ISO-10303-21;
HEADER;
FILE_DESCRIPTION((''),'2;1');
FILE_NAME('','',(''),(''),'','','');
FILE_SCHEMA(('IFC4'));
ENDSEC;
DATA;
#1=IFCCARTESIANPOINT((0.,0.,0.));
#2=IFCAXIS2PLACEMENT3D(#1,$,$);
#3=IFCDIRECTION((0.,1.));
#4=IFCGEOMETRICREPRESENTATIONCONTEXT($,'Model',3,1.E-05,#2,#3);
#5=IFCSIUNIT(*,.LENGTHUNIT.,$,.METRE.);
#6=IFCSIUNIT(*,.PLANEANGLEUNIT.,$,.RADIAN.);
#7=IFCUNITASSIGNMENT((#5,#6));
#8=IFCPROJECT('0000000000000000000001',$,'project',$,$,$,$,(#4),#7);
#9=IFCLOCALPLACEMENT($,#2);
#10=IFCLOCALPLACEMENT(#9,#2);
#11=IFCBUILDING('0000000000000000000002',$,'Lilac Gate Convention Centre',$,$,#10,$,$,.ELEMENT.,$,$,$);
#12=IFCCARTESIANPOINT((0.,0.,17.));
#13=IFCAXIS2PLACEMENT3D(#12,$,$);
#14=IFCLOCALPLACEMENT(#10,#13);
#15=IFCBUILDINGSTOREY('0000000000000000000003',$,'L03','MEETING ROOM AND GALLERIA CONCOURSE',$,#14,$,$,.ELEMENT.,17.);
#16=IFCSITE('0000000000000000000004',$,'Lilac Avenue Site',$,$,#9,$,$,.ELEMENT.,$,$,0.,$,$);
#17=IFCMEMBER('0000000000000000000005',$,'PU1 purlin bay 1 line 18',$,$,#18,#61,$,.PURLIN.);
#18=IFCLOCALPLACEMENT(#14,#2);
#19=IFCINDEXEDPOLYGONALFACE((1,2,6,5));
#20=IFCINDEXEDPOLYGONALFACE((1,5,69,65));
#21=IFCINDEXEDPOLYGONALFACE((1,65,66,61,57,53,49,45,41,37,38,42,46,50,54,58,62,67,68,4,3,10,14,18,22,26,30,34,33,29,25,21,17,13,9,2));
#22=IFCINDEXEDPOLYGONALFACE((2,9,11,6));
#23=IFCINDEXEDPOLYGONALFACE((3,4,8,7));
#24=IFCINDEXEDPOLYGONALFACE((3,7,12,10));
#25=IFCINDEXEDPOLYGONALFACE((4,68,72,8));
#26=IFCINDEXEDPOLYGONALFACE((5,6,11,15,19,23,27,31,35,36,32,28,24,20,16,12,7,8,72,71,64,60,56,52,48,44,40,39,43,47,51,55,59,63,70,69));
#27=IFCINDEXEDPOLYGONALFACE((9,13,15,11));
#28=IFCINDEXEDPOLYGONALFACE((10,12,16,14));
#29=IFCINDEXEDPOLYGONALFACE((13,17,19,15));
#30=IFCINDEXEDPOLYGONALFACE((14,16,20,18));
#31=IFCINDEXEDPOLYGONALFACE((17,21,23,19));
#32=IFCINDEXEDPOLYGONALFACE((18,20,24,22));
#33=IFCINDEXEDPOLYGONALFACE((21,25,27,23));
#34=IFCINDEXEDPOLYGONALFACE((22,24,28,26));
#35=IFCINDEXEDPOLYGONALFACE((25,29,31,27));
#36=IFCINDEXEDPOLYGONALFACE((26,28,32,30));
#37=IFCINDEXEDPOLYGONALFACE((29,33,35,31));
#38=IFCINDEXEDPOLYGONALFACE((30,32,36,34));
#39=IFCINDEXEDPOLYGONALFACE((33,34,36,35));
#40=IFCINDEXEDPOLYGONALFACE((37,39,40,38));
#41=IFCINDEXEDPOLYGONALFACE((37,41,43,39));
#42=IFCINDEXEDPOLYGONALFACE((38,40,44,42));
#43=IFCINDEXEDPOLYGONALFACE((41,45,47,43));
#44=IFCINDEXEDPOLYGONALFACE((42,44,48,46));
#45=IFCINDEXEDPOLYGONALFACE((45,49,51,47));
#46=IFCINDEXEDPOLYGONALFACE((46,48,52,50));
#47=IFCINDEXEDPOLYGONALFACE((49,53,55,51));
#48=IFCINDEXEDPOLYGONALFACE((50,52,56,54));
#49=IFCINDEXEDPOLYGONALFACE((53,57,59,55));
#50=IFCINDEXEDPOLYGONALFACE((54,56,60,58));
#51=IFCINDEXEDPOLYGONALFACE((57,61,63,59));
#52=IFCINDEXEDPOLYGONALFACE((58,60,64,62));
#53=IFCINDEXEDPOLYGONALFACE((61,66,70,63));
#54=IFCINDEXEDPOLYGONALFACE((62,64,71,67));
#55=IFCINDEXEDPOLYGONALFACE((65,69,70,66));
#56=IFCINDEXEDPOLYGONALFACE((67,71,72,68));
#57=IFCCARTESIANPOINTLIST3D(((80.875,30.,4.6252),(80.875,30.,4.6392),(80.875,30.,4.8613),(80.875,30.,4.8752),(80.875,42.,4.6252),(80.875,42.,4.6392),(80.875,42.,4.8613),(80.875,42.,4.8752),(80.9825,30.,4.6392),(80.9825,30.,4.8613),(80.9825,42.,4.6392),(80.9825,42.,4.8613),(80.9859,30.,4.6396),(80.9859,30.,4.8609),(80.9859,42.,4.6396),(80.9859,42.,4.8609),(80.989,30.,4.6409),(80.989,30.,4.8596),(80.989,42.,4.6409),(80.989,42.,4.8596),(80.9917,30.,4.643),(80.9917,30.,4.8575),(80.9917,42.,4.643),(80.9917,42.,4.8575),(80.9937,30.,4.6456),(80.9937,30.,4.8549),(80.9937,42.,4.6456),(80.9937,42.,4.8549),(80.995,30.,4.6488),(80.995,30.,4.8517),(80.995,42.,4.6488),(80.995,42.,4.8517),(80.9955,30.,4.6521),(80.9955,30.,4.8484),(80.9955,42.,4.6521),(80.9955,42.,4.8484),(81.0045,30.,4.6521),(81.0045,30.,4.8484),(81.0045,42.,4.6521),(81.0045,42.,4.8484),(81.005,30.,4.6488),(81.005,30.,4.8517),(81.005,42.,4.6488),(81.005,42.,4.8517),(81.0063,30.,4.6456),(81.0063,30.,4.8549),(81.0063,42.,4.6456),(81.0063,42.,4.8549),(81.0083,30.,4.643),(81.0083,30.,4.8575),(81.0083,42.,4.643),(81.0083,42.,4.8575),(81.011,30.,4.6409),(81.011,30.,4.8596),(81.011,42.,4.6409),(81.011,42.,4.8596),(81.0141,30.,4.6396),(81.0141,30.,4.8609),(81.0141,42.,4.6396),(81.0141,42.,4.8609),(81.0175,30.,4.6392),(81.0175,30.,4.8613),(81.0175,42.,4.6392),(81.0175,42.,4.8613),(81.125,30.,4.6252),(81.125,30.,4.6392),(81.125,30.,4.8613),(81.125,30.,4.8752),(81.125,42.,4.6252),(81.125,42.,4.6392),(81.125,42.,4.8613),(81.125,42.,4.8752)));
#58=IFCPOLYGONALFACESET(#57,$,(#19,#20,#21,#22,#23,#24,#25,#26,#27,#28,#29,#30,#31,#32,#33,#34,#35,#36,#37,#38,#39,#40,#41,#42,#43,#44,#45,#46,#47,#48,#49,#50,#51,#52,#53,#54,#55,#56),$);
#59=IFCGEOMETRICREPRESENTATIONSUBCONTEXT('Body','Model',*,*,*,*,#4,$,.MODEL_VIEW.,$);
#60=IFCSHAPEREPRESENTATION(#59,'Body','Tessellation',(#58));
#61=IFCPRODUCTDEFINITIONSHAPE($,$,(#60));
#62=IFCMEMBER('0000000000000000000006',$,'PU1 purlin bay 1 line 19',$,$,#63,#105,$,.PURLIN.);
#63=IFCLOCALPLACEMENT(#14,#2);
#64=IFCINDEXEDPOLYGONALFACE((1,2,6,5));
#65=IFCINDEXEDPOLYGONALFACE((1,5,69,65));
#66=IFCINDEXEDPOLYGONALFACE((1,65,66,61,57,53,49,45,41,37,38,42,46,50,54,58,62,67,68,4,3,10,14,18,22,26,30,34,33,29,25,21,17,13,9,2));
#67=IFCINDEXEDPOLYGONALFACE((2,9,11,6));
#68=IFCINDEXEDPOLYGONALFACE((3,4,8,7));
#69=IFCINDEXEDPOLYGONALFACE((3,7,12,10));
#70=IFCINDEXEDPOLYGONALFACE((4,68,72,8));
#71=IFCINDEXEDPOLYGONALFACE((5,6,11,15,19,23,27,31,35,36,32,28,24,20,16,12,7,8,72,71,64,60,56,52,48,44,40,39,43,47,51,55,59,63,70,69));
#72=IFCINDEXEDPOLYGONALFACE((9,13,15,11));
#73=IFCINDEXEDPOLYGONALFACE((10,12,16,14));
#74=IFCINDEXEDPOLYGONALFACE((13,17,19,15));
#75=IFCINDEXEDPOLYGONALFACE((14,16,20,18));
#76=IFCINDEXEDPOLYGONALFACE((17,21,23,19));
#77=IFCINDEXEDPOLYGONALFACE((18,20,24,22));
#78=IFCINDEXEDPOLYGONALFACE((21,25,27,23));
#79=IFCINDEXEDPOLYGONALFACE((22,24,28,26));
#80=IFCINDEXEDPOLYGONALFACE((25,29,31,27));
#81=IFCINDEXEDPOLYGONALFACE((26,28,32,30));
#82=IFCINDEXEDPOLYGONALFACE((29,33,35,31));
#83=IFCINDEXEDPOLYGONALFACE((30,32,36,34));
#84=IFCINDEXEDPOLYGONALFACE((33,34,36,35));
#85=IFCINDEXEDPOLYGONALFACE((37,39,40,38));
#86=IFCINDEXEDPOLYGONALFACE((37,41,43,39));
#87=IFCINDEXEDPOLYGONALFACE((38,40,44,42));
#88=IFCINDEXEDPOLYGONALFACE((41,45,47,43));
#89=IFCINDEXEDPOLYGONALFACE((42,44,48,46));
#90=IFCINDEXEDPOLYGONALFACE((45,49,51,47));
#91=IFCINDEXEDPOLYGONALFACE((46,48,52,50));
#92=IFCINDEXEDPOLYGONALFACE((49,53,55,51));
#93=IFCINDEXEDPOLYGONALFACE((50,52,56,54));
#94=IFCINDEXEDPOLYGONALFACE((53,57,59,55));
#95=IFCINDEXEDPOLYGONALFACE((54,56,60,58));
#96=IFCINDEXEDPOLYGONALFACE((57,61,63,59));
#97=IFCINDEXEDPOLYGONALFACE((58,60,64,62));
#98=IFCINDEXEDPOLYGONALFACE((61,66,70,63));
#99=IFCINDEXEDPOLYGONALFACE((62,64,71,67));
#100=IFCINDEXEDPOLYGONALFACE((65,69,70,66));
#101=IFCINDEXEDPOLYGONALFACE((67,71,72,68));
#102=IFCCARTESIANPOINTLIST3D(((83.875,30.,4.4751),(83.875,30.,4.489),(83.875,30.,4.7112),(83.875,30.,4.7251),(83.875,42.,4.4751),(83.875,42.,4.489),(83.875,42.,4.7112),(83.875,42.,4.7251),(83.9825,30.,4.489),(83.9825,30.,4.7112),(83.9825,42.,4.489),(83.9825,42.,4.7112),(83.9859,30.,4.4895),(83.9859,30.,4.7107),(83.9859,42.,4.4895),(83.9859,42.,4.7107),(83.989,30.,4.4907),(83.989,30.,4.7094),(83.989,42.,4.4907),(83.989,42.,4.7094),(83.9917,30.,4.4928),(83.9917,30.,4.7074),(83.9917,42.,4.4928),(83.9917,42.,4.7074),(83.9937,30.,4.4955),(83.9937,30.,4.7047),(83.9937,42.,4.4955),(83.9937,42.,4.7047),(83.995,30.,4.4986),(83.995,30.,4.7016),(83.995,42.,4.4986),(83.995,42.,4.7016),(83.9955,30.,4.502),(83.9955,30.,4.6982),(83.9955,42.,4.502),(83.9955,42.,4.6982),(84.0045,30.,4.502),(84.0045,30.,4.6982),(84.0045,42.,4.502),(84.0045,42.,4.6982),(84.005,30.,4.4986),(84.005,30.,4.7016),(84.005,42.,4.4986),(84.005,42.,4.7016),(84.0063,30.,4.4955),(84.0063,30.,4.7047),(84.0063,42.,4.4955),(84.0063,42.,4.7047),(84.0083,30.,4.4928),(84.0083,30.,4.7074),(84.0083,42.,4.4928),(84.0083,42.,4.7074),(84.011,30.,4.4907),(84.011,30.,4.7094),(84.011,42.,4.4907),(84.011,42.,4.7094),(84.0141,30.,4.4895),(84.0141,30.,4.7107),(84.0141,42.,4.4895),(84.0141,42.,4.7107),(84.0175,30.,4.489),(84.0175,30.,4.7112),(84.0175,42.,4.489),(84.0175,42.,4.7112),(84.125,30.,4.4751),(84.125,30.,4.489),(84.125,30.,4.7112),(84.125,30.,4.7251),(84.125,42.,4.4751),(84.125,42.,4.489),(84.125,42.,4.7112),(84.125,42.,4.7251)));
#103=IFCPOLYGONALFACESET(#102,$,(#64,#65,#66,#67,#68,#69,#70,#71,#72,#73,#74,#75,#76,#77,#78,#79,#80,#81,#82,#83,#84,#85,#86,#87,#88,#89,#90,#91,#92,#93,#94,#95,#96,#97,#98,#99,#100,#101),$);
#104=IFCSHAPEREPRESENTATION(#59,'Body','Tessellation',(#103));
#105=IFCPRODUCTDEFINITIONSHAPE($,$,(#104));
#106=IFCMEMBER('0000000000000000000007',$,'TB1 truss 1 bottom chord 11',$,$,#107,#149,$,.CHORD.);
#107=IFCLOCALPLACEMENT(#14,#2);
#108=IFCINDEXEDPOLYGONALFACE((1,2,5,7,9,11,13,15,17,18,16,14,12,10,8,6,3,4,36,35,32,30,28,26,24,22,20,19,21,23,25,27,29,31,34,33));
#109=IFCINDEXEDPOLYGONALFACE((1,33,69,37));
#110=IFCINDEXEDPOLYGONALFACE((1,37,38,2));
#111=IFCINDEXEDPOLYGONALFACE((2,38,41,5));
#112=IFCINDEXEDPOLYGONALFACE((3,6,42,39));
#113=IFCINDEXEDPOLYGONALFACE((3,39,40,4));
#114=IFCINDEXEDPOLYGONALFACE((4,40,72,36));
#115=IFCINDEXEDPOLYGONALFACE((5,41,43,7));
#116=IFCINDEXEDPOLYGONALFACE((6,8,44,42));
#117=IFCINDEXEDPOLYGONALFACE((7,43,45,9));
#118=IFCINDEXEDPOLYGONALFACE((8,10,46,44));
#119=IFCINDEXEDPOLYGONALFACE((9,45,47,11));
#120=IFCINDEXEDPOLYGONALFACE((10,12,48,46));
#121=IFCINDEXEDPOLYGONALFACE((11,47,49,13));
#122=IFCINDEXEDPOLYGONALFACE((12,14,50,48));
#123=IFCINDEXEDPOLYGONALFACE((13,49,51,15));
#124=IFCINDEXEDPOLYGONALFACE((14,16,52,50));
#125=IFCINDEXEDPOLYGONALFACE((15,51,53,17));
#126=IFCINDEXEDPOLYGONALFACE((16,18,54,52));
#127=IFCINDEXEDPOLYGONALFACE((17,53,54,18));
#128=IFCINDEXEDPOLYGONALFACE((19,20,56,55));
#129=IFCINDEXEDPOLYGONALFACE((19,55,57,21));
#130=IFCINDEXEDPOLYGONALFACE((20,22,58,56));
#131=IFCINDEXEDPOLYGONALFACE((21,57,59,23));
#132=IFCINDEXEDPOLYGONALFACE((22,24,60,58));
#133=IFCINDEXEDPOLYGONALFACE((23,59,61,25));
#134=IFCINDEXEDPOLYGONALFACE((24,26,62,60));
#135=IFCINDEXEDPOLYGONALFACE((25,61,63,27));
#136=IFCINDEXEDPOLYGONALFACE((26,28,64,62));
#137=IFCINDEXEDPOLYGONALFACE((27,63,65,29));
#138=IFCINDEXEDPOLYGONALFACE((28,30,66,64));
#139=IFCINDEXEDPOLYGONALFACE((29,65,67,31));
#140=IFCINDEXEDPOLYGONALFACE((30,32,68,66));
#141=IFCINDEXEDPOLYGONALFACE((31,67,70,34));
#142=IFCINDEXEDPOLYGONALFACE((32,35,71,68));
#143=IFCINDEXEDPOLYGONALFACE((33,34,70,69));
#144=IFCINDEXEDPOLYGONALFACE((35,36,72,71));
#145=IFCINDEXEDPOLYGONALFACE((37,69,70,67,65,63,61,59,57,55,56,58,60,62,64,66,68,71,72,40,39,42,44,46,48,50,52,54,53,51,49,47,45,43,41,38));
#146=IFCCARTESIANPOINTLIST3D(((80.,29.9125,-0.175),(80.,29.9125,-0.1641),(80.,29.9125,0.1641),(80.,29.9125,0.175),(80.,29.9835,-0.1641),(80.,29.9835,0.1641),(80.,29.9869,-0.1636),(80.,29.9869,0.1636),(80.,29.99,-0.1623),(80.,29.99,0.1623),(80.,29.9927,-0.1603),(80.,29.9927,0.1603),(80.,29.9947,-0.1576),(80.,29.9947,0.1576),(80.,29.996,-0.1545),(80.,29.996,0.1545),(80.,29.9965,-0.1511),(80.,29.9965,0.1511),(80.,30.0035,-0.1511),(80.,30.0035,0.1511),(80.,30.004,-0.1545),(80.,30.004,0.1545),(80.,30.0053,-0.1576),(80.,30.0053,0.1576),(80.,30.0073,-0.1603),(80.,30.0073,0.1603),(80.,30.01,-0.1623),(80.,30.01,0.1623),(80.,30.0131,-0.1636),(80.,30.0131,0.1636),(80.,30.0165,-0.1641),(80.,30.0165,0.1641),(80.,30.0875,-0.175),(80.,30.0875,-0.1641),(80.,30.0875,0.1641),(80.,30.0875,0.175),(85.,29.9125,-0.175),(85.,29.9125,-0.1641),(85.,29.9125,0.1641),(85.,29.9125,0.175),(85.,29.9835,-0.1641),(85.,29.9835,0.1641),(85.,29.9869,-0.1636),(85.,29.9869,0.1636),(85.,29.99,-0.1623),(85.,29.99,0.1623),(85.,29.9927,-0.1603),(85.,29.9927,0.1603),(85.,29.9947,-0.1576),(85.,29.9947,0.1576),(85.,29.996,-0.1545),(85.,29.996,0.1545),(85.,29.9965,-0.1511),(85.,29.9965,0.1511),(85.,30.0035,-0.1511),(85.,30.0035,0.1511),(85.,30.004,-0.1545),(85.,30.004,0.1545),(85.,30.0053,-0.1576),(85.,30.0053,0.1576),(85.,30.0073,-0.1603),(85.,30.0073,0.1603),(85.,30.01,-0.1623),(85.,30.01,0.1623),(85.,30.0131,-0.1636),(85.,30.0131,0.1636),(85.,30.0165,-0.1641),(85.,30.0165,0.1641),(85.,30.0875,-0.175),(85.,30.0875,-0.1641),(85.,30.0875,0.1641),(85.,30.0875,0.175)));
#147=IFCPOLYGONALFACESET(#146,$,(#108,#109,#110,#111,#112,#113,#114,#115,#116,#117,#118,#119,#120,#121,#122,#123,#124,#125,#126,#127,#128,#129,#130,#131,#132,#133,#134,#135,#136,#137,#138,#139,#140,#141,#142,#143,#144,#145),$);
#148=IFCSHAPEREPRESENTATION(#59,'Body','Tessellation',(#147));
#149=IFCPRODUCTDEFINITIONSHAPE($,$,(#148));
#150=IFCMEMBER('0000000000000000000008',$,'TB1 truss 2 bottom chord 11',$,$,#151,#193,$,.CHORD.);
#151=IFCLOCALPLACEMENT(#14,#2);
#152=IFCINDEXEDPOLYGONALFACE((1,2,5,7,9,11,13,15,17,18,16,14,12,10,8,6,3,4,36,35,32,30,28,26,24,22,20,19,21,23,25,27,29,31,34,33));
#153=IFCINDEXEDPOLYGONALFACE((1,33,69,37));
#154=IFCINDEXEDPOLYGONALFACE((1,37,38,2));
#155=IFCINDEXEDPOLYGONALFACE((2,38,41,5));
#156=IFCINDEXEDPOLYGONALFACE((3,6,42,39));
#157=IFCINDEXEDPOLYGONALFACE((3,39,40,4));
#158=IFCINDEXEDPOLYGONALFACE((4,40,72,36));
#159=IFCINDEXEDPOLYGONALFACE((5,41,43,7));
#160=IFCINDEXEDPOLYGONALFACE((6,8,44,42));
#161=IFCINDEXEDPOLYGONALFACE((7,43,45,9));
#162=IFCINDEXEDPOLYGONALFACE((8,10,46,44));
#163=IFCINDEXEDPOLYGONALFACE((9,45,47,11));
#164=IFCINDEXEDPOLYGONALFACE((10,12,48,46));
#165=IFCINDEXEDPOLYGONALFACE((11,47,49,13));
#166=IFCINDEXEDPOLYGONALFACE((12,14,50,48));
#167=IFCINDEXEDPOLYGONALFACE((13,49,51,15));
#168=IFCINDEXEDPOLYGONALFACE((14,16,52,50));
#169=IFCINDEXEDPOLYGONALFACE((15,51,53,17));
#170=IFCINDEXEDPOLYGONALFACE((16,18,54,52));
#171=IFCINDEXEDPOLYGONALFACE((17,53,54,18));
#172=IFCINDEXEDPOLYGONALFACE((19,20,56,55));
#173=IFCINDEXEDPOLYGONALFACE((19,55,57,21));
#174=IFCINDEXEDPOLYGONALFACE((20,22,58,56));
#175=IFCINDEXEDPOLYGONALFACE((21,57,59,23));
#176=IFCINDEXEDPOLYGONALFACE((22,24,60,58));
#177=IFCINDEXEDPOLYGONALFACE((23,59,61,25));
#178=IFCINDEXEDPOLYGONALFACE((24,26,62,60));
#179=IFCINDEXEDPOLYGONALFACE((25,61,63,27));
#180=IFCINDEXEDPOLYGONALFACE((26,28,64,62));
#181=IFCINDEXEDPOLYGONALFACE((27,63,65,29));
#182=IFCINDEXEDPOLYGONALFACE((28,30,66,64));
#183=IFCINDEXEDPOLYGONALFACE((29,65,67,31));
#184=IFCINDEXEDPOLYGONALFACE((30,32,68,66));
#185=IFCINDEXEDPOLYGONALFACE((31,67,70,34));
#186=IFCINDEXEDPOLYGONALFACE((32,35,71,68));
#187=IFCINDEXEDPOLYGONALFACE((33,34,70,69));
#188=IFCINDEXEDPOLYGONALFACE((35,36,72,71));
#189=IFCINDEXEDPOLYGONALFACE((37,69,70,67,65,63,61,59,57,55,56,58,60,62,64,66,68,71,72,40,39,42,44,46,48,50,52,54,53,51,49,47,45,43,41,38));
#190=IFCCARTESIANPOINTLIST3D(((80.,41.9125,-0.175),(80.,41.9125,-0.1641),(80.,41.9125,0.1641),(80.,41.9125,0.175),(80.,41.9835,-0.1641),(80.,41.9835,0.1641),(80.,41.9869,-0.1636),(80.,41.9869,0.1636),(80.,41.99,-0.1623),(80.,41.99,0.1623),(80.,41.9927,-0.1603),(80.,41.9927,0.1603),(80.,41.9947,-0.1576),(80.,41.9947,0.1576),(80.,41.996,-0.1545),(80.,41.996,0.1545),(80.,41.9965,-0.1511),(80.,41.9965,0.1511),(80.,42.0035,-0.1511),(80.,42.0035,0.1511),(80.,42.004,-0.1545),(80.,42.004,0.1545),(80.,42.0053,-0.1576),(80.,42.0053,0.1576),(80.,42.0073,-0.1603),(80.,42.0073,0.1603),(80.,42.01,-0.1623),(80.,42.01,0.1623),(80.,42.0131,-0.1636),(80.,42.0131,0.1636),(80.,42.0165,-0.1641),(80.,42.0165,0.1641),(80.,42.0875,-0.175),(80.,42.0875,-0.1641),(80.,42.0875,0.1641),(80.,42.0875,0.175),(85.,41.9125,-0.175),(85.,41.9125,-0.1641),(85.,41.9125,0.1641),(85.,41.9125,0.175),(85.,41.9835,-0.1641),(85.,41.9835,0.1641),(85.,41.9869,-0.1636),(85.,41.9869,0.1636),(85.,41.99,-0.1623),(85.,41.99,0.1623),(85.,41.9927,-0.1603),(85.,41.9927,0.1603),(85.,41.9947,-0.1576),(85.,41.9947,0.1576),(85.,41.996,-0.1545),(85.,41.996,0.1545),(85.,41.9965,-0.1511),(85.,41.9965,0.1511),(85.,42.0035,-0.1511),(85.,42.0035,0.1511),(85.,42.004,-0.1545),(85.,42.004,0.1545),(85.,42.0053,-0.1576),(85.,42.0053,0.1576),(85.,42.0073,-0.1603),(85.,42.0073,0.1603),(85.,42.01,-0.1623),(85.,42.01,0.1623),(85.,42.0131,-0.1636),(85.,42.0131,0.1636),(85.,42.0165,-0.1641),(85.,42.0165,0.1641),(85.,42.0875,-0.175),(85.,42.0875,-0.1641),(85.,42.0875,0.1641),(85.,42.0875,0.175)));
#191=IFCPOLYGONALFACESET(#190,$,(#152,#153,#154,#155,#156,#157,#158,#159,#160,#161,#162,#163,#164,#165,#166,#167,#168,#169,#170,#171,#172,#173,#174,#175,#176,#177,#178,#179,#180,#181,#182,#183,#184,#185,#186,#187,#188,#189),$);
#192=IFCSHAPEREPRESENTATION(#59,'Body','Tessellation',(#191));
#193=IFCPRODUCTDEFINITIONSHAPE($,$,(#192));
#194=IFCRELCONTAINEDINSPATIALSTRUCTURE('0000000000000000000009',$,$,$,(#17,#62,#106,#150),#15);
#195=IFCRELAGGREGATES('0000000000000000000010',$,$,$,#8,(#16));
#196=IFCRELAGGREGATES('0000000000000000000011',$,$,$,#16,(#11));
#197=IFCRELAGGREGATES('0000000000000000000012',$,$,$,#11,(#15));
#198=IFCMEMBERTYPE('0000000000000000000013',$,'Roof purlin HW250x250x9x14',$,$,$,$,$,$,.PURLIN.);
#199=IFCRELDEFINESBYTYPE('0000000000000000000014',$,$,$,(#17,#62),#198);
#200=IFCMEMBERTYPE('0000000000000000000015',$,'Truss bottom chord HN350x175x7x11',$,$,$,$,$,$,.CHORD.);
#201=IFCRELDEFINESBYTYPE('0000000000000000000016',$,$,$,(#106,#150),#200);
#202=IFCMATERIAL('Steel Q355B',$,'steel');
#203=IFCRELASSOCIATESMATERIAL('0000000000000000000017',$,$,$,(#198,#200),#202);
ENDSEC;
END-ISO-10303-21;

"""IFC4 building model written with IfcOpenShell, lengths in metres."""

from ifc_helpers import new_model, si_unit, direction, frame, origin, origin_2d, place, context, subcontext, project, spatial, i_section, extrude, material, material_profile, profile_set, type_object, element, save


model = new_model("IFC4")

# Units and contexts
model_context = context("Model", 3, precision=1e-05, world=origin(), true_north=direction((0.0, 1.0)))
body_context = subcontext(model_context, "Body", "Model", "MODEL_VIEW")
ifc_project = project(units=[si_unit("LENGTHUNIT", "METRE"), si_unit("PLANEANGLEUNIT", "RADIAN")], contexts=[model_context])

# Site, building, storey
site_placement = place(None, origin())
site = spatial("IfcSite", under=ifc_project, at=site_placement, Name="Lilac Avenue Site", CompositionType="ELEMENT", RefElevation=0.0)
building_placement = place(site_placement, origin())
building = spatial("IfcBuilding", under=site, at=building_placement, Name="Lilac Gate Convention Centre", CompositionType="ELEMENT")
storey_placement = place(building_placement, frame((0.0, 0.0, 17.0)))
storey = spatial("IfcBuildingStorey", under=building, at=storey_placement, Name="L03", Description="MEETING ROOM AND GALLERIA CONCOURSE", CompositionType="ELEMENT", Elevation=17.0)

# Members
ifc_material = material(Name="Steel Q355B", Category="steel")
ifc_material_profile_1 = material_profile(ifc_material, i_section(OverallWidth=0.25, OverallDepth=0.25, WebThickness=0.009, FlangeThickness=0.0139, FilletRadius=0.0129, at=origin_2d()), Name="HW250x250x9x14")
ifc_profile_set_1 = profile_set([ifc_material_profile_1], Name="Steel Q355B")
member_type_1 = type_object("IfcMemberType", Name="Roof purlin HW250x250x9x14", PredefinedType="PURLIN", material=ifc_profile_set_1)
for number, where, z_axis, x_axis, name in (
    (1, (81.0, 30.0, 4.7502), (0.0, 1.0, 0.0), (-1.0, 0.0, 0.0), "PU1 purlin bay 1 line 18"),
    (2, (84.0, 30.0, 4.6001), (0.0, 1.0, 0.0), (-1.0, 0.0, 0.0), "PU1 purlin bay 1 line 19"),
):
    element("IfcMember", number, at=place(storey_placement, frame(where, z_axis=z_axis, x_axis=x_axis)), inside=storey, type_object=member_type_1, Name=name, PredefinedType="PURLIN", context=body_context, shape_type="SweptSolid", body=[
        extrude(i_section(OverallWidth=0.25, OverallDepth=0.25, WebThickness=0.009, FlangeThickness=0.0139, FilletRadius=0.0129, at=origin_2d()), origin(), (0.0, 0.0, 1.0), 12.0),
    ])
ifc_material_profile_2 = material_profile(ifc_material, i_section(OverallWidth=0.175, OverallDepth=0.3501, WebThickness=0.0071, FlangeThickness=0.011, FilletRadius=0.0129, at=origin_2d()), Name="HN350x175x7x11")
ifc_profile_set_2 = profile_set([ifc_material_profile_2], Name="Steel Q355B")
member_type_2 = type_object("IfcMemberType", Name="Truss bottom chord HN350x175x7x11", PredefinedType="CHORD", material=ifc_profile_set_2)
for number, where, z_axis, x_axis, name in (
    (3, (80.0, 30.0, 0.0), (1.0, 0.0, 0.0), (0.0, 1.0, 0.0), "TB1 truss 1 bottom chord 11"),
    (4, (80.0, 42.0, 0.0), (1.0, 0.0, 0.0), (0.0, 1.0, 0.0), "TB1 truss 2 bottom chord 11"),
):
    element("IfcMember", number, at=place(storey_placement, frame(where, z_axis=z_axis, x_axis=x_axis)), inside=storey, type_object=member_type_2, Name=name, PredefinedType="CHORD", context=body_context, shape_type="SweptSolid", body=[
        extrude(i_section(OverallWidth=0.175, OverallDepth=0.3501, WebThickness=0.0071, FlangeThickness=0.011, FilletRadius=0.0129, at=origin_2d()), origin(), (0.0, 0.0, 1.0), 5.0),
    ])

save(model, "model.ifc")
